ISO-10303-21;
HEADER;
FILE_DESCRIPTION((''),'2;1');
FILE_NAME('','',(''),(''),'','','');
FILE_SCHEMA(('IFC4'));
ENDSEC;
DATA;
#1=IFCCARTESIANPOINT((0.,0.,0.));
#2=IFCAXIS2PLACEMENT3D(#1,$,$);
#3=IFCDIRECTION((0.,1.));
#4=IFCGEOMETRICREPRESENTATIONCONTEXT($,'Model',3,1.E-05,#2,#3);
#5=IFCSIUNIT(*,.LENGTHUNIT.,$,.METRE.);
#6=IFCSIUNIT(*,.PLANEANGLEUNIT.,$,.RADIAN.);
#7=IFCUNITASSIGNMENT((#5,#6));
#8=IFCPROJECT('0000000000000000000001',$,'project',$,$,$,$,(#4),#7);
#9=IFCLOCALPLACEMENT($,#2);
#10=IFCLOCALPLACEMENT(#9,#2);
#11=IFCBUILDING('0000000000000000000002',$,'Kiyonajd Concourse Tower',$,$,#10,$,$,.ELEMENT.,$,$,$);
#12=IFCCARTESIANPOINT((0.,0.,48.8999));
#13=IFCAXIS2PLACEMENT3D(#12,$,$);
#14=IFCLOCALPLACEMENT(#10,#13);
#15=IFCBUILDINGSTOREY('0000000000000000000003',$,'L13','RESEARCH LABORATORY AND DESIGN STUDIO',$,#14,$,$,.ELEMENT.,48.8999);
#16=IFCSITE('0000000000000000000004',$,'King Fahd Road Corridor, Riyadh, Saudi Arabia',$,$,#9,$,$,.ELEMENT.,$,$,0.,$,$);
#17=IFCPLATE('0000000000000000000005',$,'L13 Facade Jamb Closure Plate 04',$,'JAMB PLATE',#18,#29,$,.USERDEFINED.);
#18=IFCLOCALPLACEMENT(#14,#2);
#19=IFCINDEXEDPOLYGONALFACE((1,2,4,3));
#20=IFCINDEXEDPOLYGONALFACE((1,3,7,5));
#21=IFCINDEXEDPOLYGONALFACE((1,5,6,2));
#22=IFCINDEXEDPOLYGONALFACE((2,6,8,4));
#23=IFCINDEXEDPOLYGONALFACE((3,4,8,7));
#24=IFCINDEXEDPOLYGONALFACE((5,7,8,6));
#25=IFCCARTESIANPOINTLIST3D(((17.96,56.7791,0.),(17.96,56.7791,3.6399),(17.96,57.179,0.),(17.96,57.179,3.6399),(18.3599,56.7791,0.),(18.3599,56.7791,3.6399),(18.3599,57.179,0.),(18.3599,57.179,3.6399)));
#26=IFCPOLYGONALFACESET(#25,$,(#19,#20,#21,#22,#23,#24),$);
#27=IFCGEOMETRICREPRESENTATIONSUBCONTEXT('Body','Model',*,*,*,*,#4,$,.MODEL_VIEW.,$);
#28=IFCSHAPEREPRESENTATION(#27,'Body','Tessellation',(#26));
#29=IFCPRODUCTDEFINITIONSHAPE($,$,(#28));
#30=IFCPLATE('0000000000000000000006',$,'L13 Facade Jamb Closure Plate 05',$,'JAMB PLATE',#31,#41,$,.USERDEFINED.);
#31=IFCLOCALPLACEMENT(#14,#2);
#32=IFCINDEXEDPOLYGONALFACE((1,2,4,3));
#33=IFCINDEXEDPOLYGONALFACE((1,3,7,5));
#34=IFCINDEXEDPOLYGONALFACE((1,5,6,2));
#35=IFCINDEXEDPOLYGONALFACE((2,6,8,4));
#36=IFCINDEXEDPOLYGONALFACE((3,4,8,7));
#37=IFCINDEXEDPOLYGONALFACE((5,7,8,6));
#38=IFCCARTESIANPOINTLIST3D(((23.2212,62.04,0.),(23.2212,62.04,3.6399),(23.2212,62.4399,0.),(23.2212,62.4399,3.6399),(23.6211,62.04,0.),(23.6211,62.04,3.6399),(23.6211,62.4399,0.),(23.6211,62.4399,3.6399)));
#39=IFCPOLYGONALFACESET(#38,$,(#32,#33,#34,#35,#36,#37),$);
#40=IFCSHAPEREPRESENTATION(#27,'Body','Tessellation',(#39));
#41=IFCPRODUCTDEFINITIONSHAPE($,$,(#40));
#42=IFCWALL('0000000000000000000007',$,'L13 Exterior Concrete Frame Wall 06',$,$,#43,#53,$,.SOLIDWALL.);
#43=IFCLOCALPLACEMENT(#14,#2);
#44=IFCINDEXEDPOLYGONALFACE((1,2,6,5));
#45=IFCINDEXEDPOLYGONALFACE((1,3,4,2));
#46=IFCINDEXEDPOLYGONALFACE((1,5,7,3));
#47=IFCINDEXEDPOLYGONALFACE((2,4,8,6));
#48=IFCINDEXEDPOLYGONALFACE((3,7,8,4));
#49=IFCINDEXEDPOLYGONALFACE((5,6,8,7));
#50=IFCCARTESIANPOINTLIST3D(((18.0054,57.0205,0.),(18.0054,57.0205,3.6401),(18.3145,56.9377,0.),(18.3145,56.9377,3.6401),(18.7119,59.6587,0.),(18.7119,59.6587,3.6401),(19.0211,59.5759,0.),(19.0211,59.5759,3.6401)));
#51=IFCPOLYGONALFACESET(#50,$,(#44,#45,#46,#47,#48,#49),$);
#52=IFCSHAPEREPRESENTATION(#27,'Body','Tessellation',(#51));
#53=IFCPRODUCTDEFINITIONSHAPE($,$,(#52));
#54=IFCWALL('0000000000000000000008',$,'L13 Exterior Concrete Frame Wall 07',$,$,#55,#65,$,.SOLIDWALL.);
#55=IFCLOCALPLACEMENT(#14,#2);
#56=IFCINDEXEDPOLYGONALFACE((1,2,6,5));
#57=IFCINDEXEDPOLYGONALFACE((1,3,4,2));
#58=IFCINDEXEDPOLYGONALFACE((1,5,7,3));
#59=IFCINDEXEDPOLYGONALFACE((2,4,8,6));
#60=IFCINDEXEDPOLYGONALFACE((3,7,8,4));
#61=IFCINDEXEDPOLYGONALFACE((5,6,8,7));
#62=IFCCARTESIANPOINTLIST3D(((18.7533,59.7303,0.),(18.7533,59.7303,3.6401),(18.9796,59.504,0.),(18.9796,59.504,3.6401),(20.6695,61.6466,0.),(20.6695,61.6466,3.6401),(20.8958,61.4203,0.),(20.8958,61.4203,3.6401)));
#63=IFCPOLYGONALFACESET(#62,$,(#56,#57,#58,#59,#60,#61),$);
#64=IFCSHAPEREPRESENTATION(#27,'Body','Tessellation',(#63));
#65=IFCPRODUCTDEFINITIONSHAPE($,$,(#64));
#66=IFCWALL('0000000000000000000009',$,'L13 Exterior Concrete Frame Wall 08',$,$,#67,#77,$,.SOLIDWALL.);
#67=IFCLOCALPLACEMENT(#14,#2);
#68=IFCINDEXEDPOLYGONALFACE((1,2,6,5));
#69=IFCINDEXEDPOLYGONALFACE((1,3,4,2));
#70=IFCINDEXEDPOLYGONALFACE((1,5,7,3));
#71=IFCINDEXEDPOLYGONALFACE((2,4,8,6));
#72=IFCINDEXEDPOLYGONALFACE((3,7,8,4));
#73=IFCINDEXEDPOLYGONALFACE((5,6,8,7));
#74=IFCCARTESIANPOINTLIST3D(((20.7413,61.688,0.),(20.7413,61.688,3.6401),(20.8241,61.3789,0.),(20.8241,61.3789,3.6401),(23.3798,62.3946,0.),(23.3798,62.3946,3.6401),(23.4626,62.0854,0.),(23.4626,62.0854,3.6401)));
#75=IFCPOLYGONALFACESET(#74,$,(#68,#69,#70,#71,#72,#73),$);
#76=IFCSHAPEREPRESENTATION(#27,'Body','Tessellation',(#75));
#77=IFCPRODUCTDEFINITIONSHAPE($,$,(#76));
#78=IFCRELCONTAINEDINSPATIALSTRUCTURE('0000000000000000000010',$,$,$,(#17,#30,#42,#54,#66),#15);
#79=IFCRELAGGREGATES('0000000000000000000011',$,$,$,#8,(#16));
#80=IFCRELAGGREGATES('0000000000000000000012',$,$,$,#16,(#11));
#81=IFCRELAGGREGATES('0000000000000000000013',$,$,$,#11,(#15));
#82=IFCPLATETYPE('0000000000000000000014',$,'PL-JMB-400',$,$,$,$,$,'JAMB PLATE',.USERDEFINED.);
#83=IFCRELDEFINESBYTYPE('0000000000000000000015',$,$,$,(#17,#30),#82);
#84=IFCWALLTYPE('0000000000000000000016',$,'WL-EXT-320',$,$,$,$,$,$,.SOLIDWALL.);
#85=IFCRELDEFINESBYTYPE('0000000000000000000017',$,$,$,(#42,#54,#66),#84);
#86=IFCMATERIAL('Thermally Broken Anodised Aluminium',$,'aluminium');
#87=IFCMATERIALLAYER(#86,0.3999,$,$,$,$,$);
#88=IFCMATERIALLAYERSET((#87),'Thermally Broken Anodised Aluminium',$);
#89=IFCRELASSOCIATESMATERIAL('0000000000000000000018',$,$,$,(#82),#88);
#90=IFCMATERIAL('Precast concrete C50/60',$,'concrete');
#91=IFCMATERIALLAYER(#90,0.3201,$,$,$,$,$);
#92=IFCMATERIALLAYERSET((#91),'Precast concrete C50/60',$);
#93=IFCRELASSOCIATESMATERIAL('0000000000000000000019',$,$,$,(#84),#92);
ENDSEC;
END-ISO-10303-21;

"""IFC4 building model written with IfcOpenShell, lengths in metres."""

from ifc_helpers import new_model, si_unit, direction, frame, frame_2d, origin, origin_2d, place, context, subcontext, project, spatial, rectangle, extrude, material, layer, layer_set, type_object, element, save


model = new_model("IFC4")

# Units and contexts
model_context = context("Model", 3, precision=1e-05, world=origin(), true_north=direction((0.0, 1.0)))
body_context = subcontext(model_context, "Body", "Model", "MODEL_VIEW")
ifc_project = project(units=[si_unit("LENGTHUNIT", "METRE"), si_unit("PLANEANGLEUNIT", "RADIAN")], contexts=[model_context])

# Site, building, storey
site_placement = place(None, origin())
site = spatial("IfcSite", under=ifc_project, at=site_placement, Name="King Fahd Road Corridor, Riyadh, Saudi Arabia", CompositionType="ELEMENT", RefElevation=0.0)
building_placement = place(site_placement, origin())
building = spatial("IfcBuilding", under=site, at=building_placement, Name="Kiyonajd Concourse Tower", CompositionType="ELEMENT")
storey_placement = place(building_placement, frame((0.0, 0.0, 48.8999)))
storey = spatial("IfcBuildingStorey", under=building, at=storey_placement, Name="L13", Description="RESEARCH LABORATORY AND DESIGN STUDIO", CompositionType="ELEMENT", Elevation=48.8999)

# Shared definitions
ifc_material_1 = material(Name="Precast concrete C50/60", Category="concrete")

# Shared definitions
ifc_material_2 = material(Name="Thermally Broken Anodised Aluminium", Category="aluminium")

# Plates
ifc_layer_1 = layer(ifc_material_2, 0.3999)
ifc_layer_set_1 = layer_set([ifc_layer_1], Name="Thermally Broken Anodised Aluminium")
plate_type_1 = type_object("IfcPlateType", Name="PL-JMB-400", ElementType="JAMB PLATE", PredefinedType="USERDEFINED", material=ifc_layer_set_1)
for number, where, z_axis, x_axis, name in (
    (1, (18.1599, 56.979, 0.0), (0.0, 0.0, 1.0), (1.0, 0.0, 0.0), "L13 Facade Jamb Closure Plate 04"),
    (2, (23.4211, 62.24, 0.0), (0.0, 0.0, 1.0), (1.0, 0.0, 0.0), "L13 Facade Jamb Closure Plate 05"),
):
    element("IfcPlate", number, at=place(storey_placement, frame(where, z_axis=z_axis, x_axis=x_axis)), inside=storey, type_object=plate_type_1, Name=name, ObjectType="JAMB PLATE", PredefinedType="USERDEFINED", context=body_context, shape_type="SweptSolid", body=[
        extrude(rectangle(XDim=0.3999, YDim=0.3999, at=origin_2d()), origin(), (0.0, 0.0, 1.0), 3.6399),
    ])

# Walls
ifc_layer_2 = layer(ifc_material_1, 0.3201)
ifc_layer_set_2 = layer_set([ifc_layer_2], Name="Precast concrete C50/60")
wall_type = type_object("IfcWallType", Name="WL-EXT-320", PredefinedType="SOLIDWALL", material=ifc_layer_set_2)
wall_1_placement = place(storey_placement, frame((18.1599, 56.979, 0.0), z_axis=(0.0, 0.0, 1.0), x_axis=(0.258697, 0.965958, 0.0)))
element("IfcWall", 3, at=wall_1_placement, inside=storey, type_object=wall_type, Name="L13 Exterior Concrete Frame Wall 06", PredefinedType="SOLIDWALL", context=body_context, shape_type="SweptSolid", body=[
    extrude(rectangle(XDim=2.7312, YDim=0.3201, at=frame_2d((1.3657, 0.0))), origin(), (0.0, 0.0, 1.0), 3.6401),
])
wall_2_placement = place(storey_placement, frame((18.8665, 59.6172, 0.0), z_axis=(0.0, 0.0, 1.0), x_axis=(0.707107, 0.707107, 0.0)))
element("IfcWall", 4, at=wall_2_placement, inside=storey, type_object=wall_type, Name="L13 Exterior Concrete Frame Wall 07", PredefinedType="SOLIDWALL", context=body_context, shape_type="SweptSolid", body=[
    extrude(rectangle(XDim=2.71, YDim=0.3201, at=frame_2d((1.355, 0.0))), origin(), (0.0, 0.0, 1.0), 3.6401),
])
wall_3_placement = place(storey_placement, frame((20.7827, 61.5334, 0.0), z_axis=(0.0, 0.0, 1.0), x_axis=(0.965964, 0.258675, 0.0)))
element("IfcWall", 5, at=wall_3_placement, inside=storey, type_object=wall_type, Name="L13 Exterior Concrete Frame Wall 08", PredefinedType="SOLIDWALL", context=body_context, shape_type="SweptSolid", body=[
    extrude(rectangle(XDim=2.7314, YDim=0.3201, at=frame_2d((1.3657, 0.0))), origin(), (0.0, 0.0, 1.0), 3.6401),
])

save(model, "model.ifc")
